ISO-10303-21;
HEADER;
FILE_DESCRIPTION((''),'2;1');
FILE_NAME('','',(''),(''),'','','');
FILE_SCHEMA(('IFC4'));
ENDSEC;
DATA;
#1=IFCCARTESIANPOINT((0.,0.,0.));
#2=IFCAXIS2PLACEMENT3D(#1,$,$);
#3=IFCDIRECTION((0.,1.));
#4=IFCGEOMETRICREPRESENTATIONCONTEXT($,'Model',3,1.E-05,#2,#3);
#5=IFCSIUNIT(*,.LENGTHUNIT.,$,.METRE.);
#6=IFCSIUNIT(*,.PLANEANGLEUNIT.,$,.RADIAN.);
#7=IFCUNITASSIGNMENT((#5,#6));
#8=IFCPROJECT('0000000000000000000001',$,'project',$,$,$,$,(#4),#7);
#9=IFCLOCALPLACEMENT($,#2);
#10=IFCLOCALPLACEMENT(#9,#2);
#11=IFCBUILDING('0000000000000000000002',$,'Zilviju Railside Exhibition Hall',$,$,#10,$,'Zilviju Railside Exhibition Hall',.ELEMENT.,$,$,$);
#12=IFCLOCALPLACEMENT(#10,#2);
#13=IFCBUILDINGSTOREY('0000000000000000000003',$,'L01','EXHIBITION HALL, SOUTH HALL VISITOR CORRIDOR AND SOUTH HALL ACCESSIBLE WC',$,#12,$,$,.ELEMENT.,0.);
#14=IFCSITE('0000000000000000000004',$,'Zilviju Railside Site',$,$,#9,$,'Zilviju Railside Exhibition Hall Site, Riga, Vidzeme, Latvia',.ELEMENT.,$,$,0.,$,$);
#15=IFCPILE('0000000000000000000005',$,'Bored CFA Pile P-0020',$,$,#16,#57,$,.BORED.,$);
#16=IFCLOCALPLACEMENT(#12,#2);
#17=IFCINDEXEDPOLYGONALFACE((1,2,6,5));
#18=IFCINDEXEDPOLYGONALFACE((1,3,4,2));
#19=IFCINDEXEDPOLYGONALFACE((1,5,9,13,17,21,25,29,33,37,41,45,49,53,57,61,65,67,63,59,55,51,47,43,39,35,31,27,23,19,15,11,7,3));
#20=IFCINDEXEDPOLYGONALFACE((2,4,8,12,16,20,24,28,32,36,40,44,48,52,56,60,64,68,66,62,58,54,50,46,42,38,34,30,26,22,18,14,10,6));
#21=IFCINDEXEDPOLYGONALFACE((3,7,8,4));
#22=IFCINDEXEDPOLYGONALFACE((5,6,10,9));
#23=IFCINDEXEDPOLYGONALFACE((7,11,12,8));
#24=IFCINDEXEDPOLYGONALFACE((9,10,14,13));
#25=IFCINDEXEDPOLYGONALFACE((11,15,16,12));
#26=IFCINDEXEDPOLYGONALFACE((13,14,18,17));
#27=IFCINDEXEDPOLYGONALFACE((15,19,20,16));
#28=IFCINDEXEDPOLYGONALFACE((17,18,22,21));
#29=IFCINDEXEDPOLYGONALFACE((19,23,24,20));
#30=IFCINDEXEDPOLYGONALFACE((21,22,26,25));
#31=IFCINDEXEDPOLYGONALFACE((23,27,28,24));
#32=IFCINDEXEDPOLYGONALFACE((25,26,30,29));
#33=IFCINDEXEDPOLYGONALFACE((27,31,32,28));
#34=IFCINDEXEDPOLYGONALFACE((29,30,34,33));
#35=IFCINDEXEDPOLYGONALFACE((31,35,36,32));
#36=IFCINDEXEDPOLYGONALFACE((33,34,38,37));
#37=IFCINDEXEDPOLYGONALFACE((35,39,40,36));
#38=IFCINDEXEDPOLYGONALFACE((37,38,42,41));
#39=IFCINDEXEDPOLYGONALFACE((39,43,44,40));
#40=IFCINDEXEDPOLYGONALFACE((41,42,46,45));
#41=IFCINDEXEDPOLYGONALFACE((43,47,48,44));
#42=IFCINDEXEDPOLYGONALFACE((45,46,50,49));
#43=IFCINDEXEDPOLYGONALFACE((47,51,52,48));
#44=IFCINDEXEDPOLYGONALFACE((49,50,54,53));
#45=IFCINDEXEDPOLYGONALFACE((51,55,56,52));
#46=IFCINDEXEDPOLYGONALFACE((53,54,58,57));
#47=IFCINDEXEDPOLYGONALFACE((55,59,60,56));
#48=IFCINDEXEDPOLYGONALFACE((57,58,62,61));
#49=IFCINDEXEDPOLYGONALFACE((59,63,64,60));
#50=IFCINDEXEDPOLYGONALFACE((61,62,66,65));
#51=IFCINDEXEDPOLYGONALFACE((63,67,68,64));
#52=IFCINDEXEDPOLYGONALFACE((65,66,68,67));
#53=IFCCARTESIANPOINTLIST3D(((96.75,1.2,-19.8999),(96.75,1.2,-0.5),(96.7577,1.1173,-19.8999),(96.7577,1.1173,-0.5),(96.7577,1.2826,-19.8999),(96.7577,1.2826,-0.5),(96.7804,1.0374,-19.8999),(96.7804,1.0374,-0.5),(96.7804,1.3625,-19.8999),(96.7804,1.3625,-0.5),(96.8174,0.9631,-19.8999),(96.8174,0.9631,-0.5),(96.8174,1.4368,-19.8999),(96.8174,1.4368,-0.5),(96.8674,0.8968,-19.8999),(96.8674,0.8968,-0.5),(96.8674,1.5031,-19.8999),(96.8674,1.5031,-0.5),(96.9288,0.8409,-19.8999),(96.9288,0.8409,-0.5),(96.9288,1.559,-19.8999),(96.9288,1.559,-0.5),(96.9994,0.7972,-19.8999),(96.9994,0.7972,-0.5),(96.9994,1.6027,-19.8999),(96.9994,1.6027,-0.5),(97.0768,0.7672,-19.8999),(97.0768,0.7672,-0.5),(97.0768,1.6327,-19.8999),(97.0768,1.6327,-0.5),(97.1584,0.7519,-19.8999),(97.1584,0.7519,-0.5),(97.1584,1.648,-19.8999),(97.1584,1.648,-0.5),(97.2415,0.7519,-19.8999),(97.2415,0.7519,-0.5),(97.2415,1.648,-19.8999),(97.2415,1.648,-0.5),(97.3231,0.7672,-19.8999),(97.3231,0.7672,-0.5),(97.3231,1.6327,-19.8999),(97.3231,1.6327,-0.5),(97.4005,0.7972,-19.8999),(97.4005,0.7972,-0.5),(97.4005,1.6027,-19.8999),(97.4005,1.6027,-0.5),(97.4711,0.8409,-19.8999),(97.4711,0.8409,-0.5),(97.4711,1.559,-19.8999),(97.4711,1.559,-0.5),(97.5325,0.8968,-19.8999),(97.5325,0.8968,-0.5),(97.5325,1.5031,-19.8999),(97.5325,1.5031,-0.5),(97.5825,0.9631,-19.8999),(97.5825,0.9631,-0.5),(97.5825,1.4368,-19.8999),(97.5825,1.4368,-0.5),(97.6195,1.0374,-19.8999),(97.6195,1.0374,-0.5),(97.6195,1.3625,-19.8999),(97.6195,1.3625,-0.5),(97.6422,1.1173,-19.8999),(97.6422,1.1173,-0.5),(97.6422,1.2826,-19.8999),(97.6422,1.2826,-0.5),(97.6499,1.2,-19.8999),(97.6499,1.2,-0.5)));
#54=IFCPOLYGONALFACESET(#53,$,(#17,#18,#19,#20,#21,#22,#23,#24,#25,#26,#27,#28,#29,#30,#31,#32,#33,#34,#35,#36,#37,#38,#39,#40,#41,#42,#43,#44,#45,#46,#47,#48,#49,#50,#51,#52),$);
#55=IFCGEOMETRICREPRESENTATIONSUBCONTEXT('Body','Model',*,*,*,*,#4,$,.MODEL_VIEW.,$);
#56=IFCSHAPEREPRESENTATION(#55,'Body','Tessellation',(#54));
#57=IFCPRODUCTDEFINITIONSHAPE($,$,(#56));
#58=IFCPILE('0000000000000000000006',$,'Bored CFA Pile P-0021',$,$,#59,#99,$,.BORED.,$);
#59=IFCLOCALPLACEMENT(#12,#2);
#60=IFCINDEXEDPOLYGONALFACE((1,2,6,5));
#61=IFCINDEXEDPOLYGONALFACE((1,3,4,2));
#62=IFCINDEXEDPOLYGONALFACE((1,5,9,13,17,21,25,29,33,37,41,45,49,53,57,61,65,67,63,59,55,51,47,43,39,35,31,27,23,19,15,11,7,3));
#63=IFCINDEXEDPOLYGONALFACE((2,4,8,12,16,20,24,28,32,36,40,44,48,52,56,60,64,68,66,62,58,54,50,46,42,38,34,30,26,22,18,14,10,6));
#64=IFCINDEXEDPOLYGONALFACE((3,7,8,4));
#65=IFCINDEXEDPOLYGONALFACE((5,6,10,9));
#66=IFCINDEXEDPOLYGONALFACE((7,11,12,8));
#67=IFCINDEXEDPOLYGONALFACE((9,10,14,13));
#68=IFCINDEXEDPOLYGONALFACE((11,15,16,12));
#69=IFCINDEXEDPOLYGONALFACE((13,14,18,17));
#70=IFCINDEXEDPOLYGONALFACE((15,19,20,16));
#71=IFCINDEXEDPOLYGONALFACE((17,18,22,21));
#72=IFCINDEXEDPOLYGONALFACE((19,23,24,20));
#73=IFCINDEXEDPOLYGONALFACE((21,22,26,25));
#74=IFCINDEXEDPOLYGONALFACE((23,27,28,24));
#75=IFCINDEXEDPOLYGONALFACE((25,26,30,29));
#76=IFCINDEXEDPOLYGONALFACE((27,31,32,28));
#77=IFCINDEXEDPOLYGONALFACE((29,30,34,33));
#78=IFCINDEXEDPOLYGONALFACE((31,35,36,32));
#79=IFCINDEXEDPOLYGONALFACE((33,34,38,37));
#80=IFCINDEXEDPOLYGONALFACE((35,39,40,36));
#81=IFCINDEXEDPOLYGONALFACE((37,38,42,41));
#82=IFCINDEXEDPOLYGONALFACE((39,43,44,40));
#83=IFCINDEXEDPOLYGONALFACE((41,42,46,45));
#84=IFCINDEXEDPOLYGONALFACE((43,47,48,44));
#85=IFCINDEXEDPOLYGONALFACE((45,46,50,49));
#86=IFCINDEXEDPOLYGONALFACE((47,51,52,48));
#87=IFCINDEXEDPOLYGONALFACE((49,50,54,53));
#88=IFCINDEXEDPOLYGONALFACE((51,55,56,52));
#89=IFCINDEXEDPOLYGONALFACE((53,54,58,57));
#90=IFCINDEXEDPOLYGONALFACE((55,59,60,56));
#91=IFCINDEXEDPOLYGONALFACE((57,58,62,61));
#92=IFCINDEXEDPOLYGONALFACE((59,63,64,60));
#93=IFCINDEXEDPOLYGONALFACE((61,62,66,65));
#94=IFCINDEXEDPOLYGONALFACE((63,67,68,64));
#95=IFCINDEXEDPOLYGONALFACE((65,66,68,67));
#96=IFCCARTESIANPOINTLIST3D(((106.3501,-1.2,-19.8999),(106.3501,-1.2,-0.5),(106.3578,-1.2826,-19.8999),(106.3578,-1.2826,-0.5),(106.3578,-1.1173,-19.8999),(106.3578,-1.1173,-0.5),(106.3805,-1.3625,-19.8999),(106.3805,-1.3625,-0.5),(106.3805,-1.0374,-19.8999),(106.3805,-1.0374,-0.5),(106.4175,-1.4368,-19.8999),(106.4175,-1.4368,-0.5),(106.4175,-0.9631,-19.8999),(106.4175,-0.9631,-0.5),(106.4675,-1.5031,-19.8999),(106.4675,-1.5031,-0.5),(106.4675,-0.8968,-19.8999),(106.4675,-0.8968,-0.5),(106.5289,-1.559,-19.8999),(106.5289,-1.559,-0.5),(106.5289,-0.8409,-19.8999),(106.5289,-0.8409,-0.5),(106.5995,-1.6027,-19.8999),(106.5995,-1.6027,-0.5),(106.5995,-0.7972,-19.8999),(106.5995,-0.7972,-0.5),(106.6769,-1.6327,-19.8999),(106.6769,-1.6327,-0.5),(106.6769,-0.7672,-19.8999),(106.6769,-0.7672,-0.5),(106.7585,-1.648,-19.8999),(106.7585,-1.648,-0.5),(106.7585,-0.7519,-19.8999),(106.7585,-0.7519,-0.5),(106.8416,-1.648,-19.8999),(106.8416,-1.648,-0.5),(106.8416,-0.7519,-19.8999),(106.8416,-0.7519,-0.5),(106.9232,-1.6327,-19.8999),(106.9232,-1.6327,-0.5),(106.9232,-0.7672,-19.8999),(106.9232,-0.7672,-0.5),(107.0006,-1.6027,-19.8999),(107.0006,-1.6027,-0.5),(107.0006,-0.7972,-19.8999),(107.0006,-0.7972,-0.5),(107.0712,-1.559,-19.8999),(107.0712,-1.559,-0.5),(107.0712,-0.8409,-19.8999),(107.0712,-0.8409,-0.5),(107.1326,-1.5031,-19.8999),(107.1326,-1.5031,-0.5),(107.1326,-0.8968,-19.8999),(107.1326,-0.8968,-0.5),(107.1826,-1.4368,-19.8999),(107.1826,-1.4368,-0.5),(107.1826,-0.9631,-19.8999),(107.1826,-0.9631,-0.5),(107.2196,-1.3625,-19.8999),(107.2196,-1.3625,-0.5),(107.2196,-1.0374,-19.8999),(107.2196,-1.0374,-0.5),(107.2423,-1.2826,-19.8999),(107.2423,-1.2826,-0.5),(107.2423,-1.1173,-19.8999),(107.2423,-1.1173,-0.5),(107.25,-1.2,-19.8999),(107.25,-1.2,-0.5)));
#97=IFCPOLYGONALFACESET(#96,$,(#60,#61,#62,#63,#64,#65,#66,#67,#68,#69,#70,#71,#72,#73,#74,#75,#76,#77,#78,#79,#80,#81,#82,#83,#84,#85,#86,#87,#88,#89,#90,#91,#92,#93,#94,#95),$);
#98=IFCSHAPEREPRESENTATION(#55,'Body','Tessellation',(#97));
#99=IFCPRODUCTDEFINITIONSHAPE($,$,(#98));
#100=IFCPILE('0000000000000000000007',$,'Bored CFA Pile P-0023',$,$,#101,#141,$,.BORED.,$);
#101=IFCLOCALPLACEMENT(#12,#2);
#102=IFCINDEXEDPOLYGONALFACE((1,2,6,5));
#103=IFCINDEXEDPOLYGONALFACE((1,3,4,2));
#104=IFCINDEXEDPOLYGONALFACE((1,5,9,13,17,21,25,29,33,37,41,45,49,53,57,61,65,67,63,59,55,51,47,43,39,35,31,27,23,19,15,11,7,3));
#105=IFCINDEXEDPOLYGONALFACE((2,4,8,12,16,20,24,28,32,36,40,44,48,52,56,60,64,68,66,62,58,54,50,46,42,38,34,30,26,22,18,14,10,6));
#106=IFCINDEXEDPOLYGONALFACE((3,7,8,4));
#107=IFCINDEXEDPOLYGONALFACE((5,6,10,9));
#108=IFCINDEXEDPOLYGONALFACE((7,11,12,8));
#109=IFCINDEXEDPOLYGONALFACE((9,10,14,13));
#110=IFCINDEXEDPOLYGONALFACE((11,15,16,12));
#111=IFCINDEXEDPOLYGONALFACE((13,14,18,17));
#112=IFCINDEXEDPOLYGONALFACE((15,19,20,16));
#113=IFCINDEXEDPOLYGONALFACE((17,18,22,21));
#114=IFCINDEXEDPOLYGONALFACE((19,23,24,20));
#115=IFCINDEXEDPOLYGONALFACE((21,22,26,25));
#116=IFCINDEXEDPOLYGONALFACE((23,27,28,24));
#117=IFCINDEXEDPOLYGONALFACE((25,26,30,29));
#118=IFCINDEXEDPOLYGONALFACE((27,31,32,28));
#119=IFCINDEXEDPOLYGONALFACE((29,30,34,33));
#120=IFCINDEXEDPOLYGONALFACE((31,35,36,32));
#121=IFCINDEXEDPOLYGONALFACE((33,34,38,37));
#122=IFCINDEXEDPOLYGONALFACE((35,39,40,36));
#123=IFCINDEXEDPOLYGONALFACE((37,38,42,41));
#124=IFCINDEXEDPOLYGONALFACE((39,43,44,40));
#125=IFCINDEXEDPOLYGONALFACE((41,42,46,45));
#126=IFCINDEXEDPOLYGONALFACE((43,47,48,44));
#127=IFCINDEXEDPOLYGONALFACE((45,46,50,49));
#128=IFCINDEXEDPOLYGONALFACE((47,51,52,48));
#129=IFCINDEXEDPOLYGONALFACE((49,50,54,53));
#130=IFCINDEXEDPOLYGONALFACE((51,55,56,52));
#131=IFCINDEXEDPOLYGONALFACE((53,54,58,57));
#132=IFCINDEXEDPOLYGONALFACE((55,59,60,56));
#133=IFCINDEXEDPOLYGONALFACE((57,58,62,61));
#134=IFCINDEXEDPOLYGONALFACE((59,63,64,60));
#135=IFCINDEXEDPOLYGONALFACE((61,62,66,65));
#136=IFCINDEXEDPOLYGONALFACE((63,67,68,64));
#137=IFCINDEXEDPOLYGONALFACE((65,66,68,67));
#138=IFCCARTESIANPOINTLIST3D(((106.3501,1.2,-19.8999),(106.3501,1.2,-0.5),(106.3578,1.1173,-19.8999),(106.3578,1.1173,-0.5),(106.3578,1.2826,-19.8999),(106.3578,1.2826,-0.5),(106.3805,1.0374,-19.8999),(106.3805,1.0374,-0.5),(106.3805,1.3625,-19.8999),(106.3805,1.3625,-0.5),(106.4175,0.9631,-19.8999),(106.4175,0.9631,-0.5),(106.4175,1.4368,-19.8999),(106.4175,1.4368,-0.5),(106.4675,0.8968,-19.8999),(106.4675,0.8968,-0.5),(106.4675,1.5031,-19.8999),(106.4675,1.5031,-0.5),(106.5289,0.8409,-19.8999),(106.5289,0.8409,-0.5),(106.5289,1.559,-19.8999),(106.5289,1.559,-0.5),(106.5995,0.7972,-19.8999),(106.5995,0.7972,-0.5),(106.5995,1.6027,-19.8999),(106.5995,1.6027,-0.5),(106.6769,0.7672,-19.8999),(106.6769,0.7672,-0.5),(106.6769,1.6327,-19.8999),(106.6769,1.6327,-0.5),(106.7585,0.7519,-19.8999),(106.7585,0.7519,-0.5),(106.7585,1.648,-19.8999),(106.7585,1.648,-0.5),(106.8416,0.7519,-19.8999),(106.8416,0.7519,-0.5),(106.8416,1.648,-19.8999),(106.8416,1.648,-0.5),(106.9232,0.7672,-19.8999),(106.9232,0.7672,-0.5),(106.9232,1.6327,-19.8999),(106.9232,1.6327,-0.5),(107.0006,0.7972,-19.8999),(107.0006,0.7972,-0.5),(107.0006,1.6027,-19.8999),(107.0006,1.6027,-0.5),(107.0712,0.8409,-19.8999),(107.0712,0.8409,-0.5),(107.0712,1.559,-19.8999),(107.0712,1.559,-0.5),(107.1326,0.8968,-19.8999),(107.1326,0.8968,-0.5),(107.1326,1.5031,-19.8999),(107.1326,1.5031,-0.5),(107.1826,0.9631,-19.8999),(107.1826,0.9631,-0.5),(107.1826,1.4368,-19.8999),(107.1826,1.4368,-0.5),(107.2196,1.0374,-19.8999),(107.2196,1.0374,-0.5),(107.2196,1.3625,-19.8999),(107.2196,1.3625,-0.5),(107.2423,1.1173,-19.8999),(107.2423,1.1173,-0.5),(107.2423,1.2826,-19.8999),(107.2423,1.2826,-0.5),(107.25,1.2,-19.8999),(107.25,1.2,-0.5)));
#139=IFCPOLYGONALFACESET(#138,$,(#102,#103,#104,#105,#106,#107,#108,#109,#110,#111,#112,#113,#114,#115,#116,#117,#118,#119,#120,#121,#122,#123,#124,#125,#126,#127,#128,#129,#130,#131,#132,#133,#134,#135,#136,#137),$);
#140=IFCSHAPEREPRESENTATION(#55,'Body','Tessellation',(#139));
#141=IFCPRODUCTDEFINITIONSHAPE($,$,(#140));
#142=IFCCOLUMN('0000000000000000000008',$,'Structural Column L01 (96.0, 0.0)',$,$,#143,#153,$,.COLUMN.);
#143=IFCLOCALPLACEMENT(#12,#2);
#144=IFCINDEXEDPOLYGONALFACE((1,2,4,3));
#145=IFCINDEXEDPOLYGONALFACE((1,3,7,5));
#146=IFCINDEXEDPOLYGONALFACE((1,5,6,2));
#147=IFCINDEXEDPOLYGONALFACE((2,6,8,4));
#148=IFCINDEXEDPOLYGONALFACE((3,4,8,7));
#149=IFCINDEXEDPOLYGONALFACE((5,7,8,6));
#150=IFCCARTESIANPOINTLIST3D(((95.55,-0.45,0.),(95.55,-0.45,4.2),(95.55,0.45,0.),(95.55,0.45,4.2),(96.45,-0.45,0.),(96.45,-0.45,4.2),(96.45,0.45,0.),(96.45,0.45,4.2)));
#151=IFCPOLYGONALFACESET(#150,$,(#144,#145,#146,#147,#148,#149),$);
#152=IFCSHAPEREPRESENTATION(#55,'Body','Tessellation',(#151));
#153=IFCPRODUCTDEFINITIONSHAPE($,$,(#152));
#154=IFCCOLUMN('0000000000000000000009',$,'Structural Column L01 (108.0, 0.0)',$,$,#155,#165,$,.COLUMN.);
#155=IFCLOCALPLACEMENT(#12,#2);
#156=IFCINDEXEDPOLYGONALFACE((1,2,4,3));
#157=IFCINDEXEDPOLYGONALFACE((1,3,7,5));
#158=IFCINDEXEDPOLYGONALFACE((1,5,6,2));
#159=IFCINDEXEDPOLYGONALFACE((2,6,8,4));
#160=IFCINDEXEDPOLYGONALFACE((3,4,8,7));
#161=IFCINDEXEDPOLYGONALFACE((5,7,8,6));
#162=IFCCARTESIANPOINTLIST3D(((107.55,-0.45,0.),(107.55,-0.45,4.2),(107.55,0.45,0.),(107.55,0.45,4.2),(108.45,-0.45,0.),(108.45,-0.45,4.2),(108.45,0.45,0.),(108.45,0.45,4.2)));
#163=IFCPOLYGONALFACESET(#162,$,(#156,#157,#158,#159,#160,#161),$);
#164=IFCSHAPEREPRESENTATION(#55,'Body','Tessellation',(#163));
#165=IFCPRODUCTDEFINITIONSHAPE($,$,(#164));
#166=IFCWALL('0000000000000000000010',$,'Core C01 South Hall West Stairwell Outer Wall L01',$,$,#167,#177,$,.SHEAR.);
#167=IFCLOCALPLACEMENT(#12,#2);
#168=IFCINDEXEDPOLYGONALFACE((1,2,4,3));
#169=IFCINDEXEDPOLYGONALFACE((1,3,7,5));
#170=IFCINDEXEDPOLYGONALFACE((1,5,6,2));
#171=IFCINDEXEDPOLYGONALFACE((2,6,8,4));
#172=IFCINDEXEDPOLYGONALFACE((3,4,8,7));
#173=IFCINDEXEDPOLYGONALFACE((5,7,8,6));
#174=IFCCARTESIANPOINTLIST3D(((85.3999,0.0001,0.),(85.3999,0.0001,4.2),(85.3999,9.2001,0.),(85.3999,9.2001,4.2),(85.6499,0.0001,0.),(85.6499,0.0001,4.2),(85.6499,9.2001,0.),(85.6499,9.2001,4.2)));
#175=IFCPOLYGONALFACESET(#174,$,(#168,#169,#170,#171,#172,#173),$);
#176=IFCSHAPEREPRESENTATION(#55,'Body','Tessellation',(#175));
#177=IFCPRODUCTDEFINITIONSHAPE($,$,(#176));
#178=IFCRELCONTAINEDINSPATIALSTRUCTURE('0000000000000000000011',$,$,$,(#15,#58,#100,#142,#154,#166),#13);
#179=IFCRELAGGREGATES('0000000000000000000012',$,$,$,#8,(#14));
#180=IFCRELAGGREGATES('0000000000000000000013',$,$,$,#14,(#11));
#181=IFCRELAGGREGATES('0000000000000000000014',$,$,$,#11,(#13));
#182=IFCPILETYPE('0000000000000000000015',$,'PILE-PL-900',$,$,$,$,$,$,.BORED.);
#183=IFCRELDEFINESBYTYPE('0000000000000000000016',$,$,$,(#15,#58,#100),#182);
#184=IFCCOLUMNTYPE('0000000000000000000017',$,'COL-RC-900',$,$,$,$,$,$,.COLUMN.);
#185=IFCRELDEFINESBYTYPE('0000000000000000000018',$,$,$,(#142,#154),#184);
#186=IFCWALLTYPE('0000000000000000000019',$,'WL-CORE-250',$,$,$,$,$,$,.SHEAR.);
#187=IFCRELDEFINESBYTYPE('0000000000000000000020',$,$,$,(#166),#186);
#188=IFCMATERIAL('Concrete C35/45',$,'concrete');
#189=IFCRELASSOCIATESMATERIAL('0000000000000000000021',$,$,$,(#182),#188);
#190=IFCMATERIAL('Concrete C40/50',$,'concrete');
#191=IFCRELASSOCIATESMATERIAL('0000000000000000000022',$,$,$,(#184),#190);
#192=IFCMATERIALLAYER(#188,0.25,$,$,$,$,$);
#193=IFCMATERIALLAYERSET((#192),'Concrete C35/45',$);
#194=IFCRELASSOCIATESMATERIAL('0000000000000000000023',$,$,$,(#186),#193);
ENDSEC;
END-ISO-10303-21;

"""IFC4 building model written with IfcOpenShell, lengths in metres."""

from ifc_helpers import new_model, si_unit, direction, frame, frame_2d, origin, origin_2d, place, context, subcontext, project, spatial, rectangle, circle, extrude, material, layer, layer_set, material_profile, profile_set, type_object, element, save


model = new_model("IFC4")

# Units and contexts
model_context = context("Model", 3, precision=1e-05, world=origin(), true_north=direction((0.0, 1.0)))
body_context = subcontext(model_context, "Body", "Model", "MODEL_VIEW")
ifc_project = project(units=[si_unit("LENGTHUNIT", "METRE"), si_unit("PLANEANGLEUNIT", "RADIAN")], contexts=[model_context])

# Site, building, storey
site_placement = place(None, origin())
site = spatial("IfcSite", under=ifc_project, at=site_placement, Name="Zilviju Railside Site", LongName="Zilviju Railside Exhibition Hall Site, Riga, Vidzeme, Latvia", CompositionType="ELEMENT", RefElevation=0.0)
building_placement = place(site_placement, origin())
building = spatial("IfcBuilding", under=site, at=building_placement, Name="Zilviju Railside Exhibition Hall", LongName="Zilviju Railside Exhibition Hall", CompositionType="ELEMENT")
storey_placement = place(building_placement, origin())
storey = spatial("IfcBuildingStorey", under=building, at=storey_placement, Name="L01", Description="EXHIBITION HALL, SOUTH HALL VISITOR CORRIDOR AND SOUTH HALL ACCESSIBLE WC", CompositionType="ELEMENT", Elevation=0.0)

# Shared definitions
ifc_material_1 = material(Name="Concrete C35/45", Category="concrete")

# Piles
ifc_material_profile_1 = material_profile(ifc_material_1, circle(Radius=0.45, at=origin_2d()), Name="CFA PILE D900")
ifc_profile_set_1 = profile_set([ifc_material_profile_1], Name="Concrete C35/45")
pile_type = type_object("IfcPileType", Name="PILE-PL-900", PredefinedType="BORED", material=ifc_profile_set_1)
for number, where, z_axis, x_axis, name in (
    (1, (97.2, 1.2, -0.5), (0.0, 0.0, -1.0), (1.0, 0.0, 0.0), "Bored CFA Pile P-0020"),
    (2, (106.8, -1.2, -0.5), (0.0, 0.0, -1.0), (1.0, 0.0, 0.0), "Bored CFA Pile P-0021"),
    (3, (106.8, 1.2, -0.5), (0.0, 0.0, -1.0), (1.0, 0.0, 0.0), "Bored CFA Pile P-0023"),
):
    element("IfcPile", number, at=place(storey_placement, frame(where, z_axis=z_axis, x_axis=x_axis)), inside=storey, type_object=pile_type, Name=name, PredefinedType="BORED", context=body_context, shape_type="SweptSolid", body=[
        extrude(circle(Radius=0.45, at=origin_2d()), origin(), (0.0, 0.0, 1.0), 19.3999),
    ])

# Columns
ifc_material_2 = material(Name="Concrete C40/50", Category="concrete")
ifc_material_profile_2 = material_profile(ifc_material_2, rectangle(XDim=0.8999, YDim=0.8999, at=origin_2d()), Name="RC COL 900x900")
ifc_profile_set_2 = profile_set([ifc_material_profile_2], Name="Concrete C40/50")
column_type = type_object("IfcColumnType", Name="COL-RC-900", PredefinedType="COLUMN", material=ifc_profile_set_2)
for number, where, z_axis, x_axis, name in (
    (4, (96.0, 0.0, 0.0), (0.0, 0.0, 1.0), (1.0, 0.0, 0.0), "Structural Column L01 (96.0, 0.0)"),
    (5, (108.0, 0.0, 0.0), (0.0, 0.0, 1.0), (1.0, 0.0, 0.0), "Structural Column L01 (108.0, 0.0)"),
):
    element("IfcColumn", number, at=place(storey_placement, frame(where, z_axis=z_axis, x_axis=x_axis)), inside=storey, type_object=column_type, Name=name, PredefinedType="COLUMN", context=body_context, shape_type="SweptSolid", body=[
        extrude(rectangle(XDim=0.8999, YDim=0.8999, at=origin_2d()), origin(), (0.0, 0.0, 1.0), 4.2),
    ])

# Wall
ifc_layer_1 = layer(ifc_material_1, 0.25)
ifc_layer_set_1 = layer_set([ifc_layer_1], Name="Concrete C35/45")
wall_type_1 = type_object("IfcWallType", Name="WL-CORE-250", PredefinedType="SHEAR", material=ifc_layer_set_1)
wall_1_placement = place(storey_placement, frame((85.5249, 0.0, 0.0), z_axis=(0.0, 0.0, 1.0), x_axis=(0.0, 1.0, 0.0)))
element("IfcWall", 6, at=wall_1_placement, inside=storey, type_object=wall_type_1, Name="Core C01 South Hall West Stairwell Outer Wall L01", PredefinedType="SHEAR", context=body_context, shape_type="SweptSolid", body=[
    extrude(rectangle(XDim=9.2, YDim=0.25, at=frame_2d((4.6001, 0.0))), origin(), (0.0, 0.0, 1.0), 4.2),
])

save(model, "model.ifc")
